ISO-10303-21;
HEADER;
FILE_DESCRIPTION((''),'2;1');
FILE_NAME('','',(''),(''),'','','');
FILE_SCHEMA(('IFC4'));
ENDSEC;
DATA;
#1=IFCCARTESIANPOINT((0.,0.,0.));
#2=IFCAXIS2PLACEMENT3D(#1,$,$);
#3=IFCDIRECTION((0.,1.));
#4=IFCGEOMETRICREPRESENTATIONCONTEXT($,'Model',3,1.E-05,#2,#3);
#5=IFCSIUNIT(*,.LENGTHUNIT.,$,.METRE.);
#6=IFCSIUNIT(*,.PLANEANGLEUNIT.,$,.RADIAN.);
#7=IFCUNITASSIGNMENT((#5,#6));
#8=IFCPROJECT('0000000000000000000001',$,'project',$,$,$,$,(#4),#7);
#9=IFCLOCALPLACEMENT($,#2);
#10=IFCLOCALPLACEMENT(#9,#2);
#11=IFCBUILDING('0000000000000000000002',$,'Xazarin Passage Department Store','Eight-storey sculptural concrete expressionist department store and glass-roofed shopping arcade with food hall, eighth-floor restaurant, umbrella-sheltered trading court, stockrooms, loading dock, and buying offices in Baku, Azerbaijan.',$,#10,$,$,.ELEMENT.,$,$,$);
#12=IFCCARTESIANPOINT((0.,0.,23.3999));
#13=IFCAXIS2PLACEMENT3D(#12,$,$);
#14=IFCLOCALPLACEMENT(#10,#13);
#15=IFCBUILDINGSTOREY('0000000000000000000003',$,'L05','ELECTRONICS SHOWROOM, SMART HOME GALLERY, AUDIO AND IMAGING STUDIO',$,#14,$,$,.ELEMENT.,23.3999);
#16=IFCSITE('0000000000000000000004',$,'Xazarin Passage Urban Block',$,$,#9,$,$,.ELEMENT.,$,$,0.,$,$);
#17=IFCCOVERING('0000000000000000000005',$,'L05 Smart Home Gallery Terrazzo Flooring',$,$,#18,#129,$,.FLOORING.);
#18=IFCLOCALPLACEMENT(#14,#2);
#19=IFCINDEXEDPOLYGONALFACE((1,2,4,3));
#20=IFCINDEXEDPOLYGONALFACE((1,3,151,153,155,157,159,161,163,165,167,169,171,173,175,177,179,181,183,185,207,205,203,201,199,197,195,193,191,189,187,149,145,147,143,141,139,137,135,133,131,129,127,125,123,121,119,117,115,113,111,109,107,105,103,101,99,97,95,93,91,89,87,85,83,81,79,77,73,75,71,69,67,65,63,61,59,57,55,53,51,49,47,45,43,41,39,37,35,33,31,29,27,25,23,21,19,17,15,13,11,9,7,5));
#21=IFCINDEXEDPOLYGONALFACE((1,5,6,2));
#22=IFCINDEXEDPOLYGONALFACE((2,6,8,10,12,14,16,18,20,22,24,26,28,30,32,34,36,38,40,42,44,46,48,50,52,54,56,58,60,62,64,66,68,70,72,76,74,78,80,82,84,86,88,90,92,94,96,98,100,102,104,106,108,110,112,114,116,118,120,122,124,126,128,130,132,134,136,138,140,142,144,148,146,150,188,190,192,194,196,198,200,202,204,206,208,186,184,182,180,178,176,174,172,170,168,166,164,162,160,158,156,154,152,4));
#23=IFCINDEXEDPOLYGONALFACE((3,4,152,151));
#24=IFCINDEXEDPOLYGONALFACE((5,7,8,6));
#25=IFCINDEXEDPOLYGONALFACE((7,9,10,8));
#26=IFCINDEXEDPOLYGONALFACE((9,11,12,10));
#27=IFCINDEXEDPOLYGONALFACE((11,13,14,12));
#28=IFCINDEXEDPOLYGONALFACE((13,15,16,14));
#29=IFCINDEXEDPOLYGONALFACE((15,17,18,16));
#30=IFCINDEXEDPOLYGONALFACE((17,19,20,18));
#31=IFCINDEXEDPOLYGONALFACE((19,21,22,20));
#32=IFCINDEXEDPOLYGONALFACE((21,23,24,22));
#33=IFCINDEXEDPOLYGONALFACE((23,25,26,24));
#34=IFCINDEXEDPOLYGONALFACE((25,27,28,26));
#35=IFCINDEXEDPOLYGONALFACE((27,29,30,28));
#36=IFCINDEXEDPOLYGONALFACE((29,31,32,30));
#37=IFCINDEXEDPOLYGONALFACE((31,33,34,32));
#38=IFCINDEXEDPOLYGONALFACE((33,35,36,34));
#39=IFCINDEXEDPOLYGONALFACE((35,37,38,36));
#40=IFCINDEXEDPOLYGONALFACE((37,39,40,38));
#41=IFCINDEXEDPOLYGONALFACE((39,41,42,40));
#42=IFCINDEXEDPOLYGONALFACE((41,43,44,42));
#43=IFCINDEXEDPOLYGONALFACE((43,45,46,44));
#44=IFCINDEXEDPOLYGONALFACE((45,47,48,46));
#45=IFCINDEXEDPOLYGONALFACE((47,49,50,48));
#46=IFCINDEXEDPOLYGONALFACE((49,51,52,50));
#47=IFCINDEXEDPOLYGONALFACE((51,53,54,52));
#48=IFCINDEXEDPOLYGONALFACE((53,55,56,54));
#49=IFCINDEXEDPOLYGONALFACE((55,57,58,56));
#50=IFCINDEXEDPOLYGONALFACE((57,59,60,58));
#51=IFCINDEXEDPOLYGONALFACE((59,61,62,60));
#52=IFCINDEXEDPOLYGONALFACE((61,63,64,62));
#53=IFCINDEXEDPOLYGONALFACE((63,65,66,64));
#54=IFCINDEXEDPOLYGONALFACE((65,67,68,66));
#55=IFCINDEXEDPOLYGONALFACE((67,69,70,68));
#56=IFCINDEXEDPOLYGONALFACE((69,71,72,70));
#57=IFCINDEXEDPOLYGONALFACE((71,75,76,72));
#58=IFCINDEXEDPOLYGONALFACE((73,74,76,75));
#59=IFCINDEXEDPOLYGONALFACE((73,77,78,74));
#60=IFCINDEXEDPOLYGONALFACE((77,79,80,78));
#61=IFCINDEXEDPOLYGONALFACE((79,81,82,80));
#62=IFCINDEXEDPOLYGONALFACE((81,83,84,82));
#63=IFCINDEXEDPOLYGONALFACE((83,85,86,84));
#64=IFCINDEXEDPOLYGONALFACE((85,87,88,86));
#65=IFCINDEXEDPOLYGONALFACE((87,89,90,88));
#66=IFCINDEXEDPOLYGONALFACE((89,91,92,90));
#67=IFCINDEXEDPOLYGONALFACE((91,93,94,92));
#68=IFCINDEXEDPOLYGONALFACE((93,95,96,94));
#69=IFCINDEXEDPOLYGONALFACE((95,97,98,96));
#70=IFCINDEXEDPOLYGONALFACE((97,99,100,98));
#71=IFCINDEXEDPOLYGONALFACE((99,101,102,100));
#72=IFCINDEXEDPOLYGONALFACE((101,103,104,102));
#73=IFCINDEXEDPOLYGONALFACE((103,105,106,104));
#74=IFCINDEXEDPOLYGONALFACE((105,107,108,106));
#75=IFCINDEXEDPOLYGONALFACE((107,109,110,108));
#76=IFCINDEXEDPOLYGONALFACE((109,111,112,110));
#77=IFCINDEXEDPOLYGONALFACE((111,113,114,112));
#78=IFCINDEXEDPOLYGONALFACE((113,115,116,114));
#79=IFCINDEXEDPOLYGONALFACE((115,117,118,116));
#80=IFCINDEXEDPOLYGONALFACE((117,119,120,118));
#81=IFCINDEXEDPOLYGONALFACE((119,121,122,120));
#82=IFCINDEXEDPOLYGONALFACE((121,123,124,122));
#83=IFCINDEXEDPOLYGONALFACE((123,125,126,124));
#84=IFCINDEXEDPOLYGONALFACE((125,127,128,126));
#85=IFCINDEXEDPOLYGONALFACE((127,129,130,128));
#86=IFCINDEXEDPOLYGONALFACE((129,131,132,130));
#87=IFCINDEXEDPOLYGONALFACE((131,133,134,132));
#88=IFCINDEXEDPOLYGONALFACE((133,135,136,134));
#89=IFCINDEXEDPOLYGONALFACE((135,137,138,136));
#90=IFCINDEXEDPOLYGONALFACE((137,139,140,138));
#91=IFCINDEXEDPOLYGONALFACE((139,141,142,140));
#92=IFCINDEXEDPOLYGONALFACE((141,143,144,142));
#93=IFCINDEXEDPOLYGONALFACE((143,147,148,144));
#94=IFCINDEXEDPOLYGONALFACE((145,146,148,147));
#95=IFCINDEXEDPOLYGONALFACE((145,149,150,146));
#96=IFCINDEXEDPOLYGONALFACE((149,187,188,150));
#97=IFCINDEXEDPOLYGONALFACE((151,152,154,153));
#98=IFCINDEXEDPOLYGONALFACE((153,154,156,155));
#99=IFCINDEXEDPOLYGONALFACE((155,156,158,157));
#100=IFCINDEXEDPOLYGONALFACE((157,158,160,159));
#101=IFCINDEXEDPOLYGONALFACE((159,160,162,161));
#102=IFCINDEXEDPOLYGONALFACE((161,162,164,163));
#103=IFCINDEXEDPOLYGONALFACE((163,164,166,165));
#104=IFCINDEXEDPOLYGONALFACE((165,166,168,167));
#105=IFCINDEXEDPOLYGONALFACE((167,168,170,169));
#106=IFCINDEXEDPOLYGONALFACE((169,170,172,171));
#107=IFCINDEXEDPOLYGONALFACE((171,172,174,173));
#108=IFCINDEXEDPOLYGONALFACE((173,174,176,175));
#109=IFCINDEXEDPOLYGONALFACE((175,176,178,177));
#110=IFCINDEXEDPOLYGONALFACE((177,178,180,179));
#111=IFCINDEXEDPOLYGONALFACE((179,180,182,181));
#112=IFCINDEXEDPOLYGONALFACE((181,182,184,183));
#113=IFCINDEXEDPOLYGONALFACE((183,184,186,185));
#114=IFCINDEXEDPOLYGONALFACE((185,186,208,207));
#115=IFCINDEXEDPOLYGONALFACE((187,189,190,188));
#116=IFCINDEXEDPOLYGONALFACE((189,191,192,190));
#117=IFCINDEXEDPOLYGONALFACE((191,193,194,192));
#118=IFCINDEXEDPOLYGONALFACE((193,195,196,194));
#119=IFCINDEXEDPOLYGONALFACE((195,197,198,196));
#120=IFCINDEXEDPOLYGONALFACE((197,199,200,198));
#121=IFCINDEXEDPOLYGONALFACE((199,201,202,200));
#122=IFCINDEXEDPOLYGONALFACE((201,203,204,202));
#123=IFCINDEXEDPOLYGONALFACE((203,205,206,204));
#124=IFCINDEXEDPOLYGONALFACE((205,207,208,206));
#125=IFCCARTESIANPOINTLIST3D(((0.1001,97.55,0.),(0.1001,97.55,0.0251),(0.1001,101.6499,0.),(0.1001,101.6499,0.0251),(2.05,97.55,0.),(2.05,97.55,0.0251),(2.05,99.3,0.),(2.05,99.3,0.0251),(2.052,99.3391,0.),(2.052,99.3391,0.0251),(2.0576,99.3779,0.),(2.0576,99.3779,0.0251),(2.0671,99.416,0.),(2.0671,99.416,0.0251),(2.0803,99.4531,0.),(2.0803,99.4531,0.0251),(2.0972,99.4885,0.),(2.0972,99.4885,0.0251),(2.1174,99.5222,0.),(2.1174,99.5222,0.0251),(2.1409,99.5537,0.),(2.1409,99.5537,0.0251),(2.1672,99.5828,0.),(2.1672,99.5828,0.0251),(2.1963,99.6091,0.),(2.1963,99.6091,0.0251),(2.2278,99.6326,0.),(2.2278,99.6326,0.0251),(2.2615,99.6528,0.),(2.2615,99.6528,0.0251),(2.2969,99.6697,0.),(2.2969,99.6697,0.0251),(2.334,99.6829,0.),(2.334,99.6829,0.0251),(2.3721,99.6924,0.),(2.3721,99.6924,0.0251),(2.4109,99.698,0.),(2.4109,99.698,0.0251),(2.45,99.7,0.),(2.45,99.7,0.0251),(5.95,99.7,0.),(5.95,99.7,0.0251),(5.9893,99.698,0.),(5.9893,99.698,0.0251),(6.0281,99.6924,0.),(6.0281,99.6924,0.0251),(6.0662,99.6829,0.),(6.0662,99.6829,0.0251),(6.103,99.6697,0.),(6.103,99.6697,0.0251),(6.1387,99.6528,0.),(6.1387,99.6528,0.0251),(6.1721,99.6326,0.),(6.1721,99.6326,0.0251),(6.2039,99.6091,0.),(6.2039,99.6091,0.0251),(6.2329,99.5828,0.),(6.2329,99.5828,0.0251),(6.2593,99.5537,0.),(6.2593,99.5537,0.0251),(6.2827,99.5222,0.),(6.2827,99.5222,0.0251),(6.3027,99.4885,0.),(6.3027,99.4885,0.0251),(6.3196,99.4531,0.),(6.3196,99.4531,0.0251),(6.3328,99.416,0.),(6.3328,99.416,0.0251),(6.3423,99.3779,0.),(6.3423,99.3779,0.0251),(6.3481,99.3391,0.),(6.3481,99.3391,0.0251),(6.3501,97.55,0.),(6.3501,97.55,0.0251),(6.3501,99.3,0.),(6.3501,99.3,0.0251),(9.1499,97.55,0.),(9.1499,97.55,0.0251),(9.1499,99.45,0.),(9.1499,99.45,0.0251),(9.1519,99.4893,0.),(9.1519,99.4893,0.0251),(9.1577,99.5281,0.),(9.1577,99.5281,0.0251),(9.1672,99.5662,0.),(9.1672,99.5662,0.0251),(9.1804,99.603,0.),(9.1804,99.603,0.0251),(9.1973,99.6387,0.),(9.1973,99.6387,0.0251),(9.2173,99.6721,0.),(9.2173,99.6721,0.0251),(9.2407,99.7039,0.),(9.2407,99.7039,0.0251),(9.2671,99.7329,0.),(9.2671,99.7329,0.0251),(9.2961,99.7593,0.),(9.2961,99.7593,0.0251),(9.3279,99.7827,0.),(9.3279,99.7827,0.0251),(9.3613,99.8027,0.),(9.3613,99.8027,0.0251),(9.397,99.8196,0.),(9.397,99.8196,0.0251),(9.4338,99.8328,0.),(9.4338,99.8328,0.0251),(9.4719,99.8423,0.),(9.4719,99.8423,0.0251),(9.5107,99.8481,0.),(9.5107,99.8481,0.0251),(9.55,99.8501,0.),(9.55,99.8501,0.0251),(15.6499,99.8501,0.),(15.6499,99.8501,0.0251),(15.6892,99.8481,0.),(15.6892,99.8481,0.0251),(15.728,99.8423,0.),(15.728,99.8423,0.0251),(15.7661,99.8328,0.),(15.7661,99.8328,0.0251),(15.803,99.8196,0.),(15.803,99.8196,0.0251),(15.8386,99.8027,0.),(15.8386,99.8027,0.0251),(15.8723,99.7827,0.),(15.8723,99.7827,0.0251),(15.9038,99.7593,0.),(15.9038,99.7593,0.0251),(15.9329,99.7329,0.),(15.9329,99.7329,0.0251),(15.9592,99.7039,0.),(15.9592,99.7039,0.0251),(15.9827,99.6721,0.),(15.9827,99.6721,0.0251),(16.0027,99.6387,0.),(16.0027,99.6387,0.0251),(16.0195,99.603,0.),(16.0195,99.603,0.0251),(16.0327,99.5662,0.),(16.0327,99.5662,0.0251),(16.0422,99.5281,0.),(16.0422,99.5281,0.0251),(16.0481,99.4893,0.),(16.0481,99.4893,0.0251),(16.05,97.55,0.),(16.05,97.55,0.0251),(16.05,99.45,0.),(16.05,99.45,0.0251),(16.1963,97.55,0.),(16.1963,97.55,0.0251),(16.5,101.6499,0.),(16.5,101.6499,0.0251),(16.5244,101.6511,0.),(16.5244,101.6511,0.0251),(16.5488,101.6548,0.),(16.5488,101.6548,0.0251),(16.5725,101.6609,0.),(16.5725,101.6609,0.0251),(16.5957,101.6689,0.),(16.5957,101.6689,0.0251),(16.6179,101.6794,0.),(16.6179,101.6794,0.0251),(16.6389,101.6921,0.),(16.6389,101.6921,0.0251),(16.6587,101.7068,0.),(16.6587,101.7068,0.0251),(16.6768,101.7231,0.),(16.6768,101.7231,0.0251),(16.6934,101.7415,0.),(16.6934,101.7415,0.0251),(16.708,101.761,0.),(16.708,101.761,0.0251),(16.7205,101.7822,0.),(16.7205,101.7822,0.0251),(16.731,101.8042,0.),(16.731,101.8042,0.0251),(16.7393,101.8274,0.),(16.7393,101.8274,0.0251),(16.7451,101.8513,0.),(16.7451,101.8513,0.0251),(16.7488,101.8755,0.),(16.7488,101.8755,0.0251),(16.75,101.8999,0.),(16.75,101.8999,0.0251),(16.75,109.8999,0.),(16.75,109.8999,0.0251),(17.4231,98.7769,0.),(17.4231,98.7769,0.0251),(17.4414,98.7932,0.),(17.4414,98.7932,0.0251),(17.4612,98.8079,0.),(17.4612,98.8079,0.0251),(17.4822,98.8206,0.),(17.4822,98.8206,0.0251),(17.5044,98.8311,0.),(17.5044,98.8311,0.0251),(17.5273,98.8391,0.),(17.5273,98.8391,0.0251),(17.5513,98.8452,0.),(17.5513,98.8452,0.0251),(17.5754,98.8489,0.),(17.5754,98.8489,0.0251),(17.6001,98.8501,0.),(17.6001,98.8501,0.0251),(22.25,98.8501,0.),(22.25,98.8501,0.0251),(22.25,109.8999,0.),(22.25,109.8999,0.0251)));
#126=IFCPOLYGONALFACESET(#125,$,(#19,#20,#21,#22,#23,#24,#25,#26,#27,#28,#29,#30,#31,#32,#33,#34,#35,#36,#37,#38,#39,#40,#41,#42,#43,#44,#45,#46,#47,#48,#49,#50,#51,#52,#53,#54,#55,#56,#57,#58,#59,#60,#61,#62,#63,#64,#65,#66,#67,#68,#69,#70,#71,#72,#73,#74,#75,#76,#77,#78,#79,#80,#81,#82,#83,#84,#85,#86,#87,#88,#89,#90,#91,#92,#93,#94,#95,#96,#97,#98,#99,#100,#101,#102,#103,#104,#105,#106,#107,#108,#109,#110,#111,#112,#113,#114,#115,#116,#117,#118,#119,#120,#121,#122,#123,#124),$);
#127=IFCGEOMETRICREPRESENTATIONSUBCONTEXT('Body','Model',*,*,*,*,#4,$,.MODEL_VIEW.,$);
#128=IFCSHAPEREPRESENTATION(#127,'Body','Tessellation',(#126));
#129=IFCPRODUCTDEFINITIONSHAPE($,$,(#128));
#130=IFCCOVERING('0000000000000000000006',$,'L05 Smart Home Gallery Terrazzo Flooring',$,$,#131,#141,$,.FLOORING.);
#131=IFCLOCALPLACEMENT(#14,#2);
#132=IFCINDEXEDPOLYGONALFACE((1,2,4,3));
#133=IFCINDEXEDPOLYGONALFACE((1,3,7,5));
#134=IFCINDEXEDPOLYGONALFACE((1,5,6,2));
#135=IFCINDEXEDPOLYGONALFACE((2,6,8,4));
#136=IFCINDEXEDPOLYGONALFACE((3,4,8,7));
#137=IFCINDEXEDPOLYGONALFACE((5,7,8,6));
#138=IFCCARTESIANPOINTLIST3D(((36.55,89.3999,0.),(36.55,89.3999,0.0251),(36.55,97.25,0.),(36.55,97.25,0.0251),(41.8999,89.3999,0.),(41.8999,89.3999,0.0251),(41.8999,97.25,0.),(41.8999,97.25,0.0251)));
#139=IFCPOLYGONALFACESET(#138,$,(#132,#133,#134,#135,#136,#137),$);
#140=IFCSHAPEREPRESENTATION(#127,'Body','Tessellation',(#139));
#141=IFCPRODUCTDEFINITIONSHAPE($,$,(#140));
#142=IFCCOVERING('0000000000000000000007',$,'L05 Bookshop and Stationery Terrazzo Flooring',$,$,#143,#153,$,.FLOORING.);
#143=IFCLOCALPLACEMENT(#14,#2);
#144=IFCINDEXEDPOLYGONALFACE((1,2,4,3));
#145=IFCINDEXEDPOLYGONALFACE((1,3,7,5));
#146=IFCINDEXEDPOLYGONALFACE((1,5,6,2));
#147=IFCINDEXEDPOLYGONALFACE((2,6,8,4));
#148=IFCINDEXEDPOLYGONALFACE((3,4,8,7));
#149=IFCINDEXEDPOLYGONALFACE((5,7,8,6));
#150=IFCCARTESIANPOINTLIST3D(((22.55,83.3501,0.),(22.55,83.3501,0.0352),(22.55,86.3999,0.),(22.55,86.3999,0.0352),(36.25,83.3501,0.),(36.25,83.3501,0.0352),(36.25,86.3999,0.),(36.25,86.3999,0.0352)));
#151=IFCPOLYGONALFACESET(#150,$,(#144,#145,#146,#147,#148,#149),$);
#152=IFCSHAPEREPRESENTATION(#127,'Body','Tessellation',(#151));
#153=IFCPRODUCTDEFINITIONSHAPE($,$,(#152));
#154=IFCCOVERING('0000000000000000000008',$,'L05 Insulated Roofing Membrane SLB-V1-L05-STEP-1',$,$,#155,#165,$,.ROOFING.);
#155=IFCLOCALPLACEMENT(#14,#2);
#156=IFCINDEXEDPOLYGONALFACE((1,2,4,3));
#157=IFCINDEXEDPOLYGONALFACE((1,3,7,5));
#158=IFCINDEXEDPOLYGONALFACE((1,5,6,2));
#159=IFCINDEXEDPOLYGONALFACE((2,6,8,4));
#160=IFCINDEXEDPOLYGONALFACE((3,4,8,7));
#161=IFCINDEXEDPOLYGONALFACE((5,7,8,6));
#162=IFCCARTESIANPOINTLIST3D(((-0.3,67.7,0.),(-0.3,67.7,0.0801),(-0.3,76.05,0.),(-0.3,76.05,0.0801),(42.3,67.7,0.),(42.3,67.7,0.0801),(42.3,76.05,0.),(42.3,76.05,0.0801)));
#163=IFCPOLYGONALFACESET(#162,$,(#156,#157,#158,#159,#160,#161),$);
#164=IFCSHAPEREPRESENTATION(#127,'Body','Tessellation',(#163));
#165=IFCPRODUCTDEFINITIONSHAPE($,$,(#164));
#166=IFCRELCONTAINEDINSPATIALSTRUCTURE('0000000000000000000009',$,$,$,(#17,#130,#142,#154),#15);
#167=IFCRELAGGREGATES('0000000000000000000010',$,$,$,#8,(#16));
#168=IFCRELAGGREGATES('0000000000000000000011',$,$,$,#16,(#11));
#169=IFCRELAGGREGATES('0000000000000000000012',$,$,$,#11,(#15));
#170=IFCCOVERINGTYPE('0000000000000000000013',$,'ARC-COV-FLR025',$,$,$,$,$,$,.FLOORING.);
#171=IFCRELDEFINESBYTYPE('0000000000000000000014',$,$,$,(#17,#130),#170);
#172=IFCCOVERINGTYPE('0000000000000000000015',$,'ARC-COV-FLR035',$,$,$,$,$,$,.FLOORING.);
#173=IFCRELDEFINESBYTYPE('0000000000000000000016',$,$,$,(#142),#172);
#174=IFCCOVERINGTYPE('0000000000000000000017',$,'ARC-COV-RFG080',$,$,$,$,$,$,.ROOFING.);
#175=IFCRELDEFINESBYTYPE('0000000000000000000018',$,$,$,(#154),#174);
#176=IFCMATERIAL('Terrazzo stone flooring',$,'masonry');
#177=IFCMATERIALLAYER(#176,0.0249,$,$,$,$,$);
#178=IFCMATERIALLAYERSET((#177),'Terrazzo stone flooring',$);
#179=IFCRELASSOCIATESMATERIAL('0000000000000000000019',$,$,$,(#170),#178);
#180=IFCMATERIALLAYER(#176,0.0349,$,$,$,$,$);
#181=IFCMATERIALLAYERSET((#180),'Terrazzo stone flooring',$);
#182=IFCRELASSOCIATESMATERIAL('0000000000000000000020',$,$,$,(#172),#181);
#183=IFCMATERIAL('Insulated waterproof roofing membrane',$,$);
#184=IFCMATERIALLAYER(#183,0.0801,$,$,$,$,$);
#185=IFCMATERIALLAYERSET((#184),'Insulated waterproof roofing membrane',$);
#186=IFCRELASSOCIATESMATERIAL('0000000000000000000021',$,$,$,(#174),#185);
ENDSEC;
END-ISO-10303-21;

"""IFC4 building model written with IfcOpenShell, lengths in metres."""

from ifc_helpers import new_model, si_unit, direction, frame, origin, place, context, subcontext, project, spatial, polyline, outline, extrude, material, layer, layer_set, type_object, element, save


model = new_model("IFC4")

# Units and contexts
model_context = context("Model", 3, precision=1e-05, world=origin(), true_north=direction((0.0, 1.0)))
body_context = subcontext(model_context, "Body", "Model", "MODEL_VIEW")
ifc_project = project(units=[si_unit("LENGTHUNIT", "METRE"), si_unit("PLANEANGLEUNIT", "RADIAN")], contexts=[model_context])

# Site, building, storey
site_placement = place(None, origin())
site = spatial("IfcSite", under=ifc_project, at=site_placement, Name="Xazarin Passage Urban Block", CompositionType="ELEMENT", RefElevation=0.0)
building_placement = place(site_placement, origin())
building = spatial("IfcBuilding", under=site, at=building_placement, Name="Xazarin Passage Department Store", Description="Eight-storey sculptural concrete expressionist department store and glass-roofed shopping arcade with food hall, eighth-floor restaurant, umbrella-sheltered trading court, stockrooms, loading dock, and buying offices in Baku, Azerbaijan.", CompositionType="ELEMENT")
storey_placement = place(building_placement, frame((0.0, 0.0, 23.3999)))
storey = spatial("IfcBuildingStorey", under=building, at=storey_placement, Name="L05", Description="ELECTRONICS SHOWROOM, SMART HOME GALLERY, AUDIO AND IMAGING STUDIO", CompositionType="ELEMENT", Elevation=23.3999)

# Coverings
ifc_material_1 = material(Name="Terrazzo stone flooring", Category="masonry")
ifc_layer_1 = layer(ifc_material_1, 0.0249)
ifc_layer_set_1 = layer_set([ifc_layer_1], Name="Terrazzo stone flooring")
covering_type_1 = type_object("IfcCoveringType", Name="ARC-COV-FLR025", PredefinedType="FLOORING", material=ifc_layer_set_1)
covering_1_placement = place(storey_placement, origin())
element("IfcCovering", 1, at=covering_1_placement, inside=storey, type_object=covering_type_1, Name="L05 Smart Home Gallery Terrazzo Flooring", PredefinedType="FLOORING", context=body_context, shape_type="SweptSolid", body=[
    extrude(outline(polyline([(2.05, 97.55), (2.05, 99.3), (2.052, 99.3391), (2.0576, 99.3779), (2.0671, 99.416), (2.0803, 99.4531), (2.0972, 99.4885), (2.1174, 99.5222), (2.1409, 99.5537), (2.1672, 99.5828), (2.1963, 99.6091), (2.2278, 99.6326), (2.2615, 99.6528), (2.2969, 99.6697), (2.334, 99.6829), (2.3721, 99.6924), (2.4109, 99.698), (2.45, 99.7), (5.95, 99.7), (5.9893, 99.698), (6.0281, 99.6924), (6.0662, 99.6829), (6.103, 99.6697), (6.1387, 99.6528), (6.1721, 99.6326), (6.2039, 99.6091), (6.2329, 99.5828), (6.2593, 99.5537), (6.2827, 99.5222), (6.3027, 99.4885), (6.3196, 99.4531), (6.3328, 99.416), (6.3423, 99.3779), (6.3481, 99.3391), (6.3501, 99.3), (6.3501, 97.55), (9.1499, 97.55), (9.1499, 99.45), (9.1519, 99.4893), (9.1577, 99.5281), (9.1672, 99.5662), (9.1804, 99.603), (9.1973, 99.6387), (9.2173, 99.6721), (9.2407, 99.7039), (9.2671, 99.7329), (9.2961, 99.7593), (9.3279, 99.7827), (9.3613, 99.8027), (9.397, 99.8196), (9.4338, 99.8328), (9.4719, 99.8423), (9.5107, 99.8481), (9.55, 99.8501), (15.6499, 99.8501), (15.6892, 99.8481), (15.728, 99.8423), (15.7661, 99.8328), (15.803, 99.8196), (15.8386, 99.8027), (15.8723, 99.7827), (15.9038, 99.7593), (15.9329, 99.7329), (15.9592, 99.7039), (15.9827, 99.6721), (16.0027, 99.6387), (16.0195, 99.603), (16.0327, 99.5662), (16.0422, 99.5281), (16.0481, 99.4893), (16.05, 99.45), (16.05, 97.55), (16.1963, 97.55), (17.4231, 98.7769), (17.4414, 98.7932), (17.4612, 98.8079), (17.4822, 98.8206), (17.5044, 98.8311), (17.5273, 98.8391), (17.5513, 98.8452), (17.5754, 98.8489), (17.6001, 98.8501), (22.25, 98.8501), (22.25, 109.8999), (16.75, 109.8999), (16.75, 101.8999), (16.7488, 101.8755), (16.7451, 101.8513), (16.7393, 101.8274), (16.731, 101.8042), (16.7205, 101.7822), (16.708, 101.761), (16.6934, 101.7415), (16.6768, 101.7231), (16.6587, 101.7068), (16.6389, 101.6921), (16.6179, 101.6794), (16.5957, 101.6689), (16.5725, 101.6609), (16.5488, 101.6548), (16.5244, 101.6511), (16.5, 101.6499), (0.1001, 101.6499), (0.1001, 97.55), (2.05, 97.55)])), origin(), (0.0, 0.0, 1.0), 0.0251),
])
covering_2_placement = place(storey_placement, origin())
element("IfcCovering", 2, at=covering_2_placement, inside=storey, type_object=covering_type_1, Name="L05 Smart Home Gallery Terrazzo Flooring", PredefinedType="FLOORING", context=body_context, shape_type="SweptSolid", body=[
    extrude(outline(polyline([(36.55, 89.3999), (41.8999, 89.3999), (41.8999, 97.25), (36.55, 97.25), (36.55, 89.3999)])), origin(), (0.0, 0.0, 1.0), 0.0251),
])
ifc_layer_2 = layer(ifc_material_1, 0.0349)
ifc_layer_set_2 = layer_set([ifc_layer_2], Name="Terrazzo stone flooring")
covering_type_2 = type_object("IfcCoveringType", Name="ARC-COV-FLR035", PredefinedType="FLOORING", material=ifc_layer_set_2)
covering_3_placement = place(storey_placement, origin())
element("IfcCovering", 3, at=covering_3_placement, inside=storey, type_object=covering_type_2, Name="L05 Bookshop and Stationery Terrazzo Flooring", PredefinedType="FLOORING", context=body_context, shape_type="SweptSolid", body=[
    extrude(outline(polyline([(36.25, 86.3999), (22.55, 86.3999), (22.55, 83.3501), (36.25, 83.3501), (36.25, 86.3999)])), origin(), (0.0, 0.0, 1.0), 0.0352),
])
ifc_material_2 = material(Name="Insulated waterproof roofing membrane")
ifc_layer_3 = layer(ifc_material_2, 0.0801)
ifc_layer_set_3 = layer_set([ifc_layer_3], Name="Insulated waterproof roofing membrane")
covering_type_3 = type_object("IfcCoveringType", Name="ARC-COV-RFG080", PredefinedType="ROOFING", material=ifc_layer_set_3)
covering_4_placement = place(storey_placement, origin())
element("IfcCovering", 4, at=covering_4_placement, inside=storey, type_object=covering_type_3, Name="L05 Insulated Roofing Membrane SLB-V1-L05-STEP-1", PredefinedType="ROOFING", context=body_context, shape_type="SweptSolid", body=[
    extrude(outline(polyline([(-0.3, 76.05), (-0.3, 67.7), (42.3, 67.7), (42.3, 76.05), (-0.3, 76.05)])), origin(), (0.0, 0.0, 1.0), 0.0801),
])

save(model, "model.ifc")
